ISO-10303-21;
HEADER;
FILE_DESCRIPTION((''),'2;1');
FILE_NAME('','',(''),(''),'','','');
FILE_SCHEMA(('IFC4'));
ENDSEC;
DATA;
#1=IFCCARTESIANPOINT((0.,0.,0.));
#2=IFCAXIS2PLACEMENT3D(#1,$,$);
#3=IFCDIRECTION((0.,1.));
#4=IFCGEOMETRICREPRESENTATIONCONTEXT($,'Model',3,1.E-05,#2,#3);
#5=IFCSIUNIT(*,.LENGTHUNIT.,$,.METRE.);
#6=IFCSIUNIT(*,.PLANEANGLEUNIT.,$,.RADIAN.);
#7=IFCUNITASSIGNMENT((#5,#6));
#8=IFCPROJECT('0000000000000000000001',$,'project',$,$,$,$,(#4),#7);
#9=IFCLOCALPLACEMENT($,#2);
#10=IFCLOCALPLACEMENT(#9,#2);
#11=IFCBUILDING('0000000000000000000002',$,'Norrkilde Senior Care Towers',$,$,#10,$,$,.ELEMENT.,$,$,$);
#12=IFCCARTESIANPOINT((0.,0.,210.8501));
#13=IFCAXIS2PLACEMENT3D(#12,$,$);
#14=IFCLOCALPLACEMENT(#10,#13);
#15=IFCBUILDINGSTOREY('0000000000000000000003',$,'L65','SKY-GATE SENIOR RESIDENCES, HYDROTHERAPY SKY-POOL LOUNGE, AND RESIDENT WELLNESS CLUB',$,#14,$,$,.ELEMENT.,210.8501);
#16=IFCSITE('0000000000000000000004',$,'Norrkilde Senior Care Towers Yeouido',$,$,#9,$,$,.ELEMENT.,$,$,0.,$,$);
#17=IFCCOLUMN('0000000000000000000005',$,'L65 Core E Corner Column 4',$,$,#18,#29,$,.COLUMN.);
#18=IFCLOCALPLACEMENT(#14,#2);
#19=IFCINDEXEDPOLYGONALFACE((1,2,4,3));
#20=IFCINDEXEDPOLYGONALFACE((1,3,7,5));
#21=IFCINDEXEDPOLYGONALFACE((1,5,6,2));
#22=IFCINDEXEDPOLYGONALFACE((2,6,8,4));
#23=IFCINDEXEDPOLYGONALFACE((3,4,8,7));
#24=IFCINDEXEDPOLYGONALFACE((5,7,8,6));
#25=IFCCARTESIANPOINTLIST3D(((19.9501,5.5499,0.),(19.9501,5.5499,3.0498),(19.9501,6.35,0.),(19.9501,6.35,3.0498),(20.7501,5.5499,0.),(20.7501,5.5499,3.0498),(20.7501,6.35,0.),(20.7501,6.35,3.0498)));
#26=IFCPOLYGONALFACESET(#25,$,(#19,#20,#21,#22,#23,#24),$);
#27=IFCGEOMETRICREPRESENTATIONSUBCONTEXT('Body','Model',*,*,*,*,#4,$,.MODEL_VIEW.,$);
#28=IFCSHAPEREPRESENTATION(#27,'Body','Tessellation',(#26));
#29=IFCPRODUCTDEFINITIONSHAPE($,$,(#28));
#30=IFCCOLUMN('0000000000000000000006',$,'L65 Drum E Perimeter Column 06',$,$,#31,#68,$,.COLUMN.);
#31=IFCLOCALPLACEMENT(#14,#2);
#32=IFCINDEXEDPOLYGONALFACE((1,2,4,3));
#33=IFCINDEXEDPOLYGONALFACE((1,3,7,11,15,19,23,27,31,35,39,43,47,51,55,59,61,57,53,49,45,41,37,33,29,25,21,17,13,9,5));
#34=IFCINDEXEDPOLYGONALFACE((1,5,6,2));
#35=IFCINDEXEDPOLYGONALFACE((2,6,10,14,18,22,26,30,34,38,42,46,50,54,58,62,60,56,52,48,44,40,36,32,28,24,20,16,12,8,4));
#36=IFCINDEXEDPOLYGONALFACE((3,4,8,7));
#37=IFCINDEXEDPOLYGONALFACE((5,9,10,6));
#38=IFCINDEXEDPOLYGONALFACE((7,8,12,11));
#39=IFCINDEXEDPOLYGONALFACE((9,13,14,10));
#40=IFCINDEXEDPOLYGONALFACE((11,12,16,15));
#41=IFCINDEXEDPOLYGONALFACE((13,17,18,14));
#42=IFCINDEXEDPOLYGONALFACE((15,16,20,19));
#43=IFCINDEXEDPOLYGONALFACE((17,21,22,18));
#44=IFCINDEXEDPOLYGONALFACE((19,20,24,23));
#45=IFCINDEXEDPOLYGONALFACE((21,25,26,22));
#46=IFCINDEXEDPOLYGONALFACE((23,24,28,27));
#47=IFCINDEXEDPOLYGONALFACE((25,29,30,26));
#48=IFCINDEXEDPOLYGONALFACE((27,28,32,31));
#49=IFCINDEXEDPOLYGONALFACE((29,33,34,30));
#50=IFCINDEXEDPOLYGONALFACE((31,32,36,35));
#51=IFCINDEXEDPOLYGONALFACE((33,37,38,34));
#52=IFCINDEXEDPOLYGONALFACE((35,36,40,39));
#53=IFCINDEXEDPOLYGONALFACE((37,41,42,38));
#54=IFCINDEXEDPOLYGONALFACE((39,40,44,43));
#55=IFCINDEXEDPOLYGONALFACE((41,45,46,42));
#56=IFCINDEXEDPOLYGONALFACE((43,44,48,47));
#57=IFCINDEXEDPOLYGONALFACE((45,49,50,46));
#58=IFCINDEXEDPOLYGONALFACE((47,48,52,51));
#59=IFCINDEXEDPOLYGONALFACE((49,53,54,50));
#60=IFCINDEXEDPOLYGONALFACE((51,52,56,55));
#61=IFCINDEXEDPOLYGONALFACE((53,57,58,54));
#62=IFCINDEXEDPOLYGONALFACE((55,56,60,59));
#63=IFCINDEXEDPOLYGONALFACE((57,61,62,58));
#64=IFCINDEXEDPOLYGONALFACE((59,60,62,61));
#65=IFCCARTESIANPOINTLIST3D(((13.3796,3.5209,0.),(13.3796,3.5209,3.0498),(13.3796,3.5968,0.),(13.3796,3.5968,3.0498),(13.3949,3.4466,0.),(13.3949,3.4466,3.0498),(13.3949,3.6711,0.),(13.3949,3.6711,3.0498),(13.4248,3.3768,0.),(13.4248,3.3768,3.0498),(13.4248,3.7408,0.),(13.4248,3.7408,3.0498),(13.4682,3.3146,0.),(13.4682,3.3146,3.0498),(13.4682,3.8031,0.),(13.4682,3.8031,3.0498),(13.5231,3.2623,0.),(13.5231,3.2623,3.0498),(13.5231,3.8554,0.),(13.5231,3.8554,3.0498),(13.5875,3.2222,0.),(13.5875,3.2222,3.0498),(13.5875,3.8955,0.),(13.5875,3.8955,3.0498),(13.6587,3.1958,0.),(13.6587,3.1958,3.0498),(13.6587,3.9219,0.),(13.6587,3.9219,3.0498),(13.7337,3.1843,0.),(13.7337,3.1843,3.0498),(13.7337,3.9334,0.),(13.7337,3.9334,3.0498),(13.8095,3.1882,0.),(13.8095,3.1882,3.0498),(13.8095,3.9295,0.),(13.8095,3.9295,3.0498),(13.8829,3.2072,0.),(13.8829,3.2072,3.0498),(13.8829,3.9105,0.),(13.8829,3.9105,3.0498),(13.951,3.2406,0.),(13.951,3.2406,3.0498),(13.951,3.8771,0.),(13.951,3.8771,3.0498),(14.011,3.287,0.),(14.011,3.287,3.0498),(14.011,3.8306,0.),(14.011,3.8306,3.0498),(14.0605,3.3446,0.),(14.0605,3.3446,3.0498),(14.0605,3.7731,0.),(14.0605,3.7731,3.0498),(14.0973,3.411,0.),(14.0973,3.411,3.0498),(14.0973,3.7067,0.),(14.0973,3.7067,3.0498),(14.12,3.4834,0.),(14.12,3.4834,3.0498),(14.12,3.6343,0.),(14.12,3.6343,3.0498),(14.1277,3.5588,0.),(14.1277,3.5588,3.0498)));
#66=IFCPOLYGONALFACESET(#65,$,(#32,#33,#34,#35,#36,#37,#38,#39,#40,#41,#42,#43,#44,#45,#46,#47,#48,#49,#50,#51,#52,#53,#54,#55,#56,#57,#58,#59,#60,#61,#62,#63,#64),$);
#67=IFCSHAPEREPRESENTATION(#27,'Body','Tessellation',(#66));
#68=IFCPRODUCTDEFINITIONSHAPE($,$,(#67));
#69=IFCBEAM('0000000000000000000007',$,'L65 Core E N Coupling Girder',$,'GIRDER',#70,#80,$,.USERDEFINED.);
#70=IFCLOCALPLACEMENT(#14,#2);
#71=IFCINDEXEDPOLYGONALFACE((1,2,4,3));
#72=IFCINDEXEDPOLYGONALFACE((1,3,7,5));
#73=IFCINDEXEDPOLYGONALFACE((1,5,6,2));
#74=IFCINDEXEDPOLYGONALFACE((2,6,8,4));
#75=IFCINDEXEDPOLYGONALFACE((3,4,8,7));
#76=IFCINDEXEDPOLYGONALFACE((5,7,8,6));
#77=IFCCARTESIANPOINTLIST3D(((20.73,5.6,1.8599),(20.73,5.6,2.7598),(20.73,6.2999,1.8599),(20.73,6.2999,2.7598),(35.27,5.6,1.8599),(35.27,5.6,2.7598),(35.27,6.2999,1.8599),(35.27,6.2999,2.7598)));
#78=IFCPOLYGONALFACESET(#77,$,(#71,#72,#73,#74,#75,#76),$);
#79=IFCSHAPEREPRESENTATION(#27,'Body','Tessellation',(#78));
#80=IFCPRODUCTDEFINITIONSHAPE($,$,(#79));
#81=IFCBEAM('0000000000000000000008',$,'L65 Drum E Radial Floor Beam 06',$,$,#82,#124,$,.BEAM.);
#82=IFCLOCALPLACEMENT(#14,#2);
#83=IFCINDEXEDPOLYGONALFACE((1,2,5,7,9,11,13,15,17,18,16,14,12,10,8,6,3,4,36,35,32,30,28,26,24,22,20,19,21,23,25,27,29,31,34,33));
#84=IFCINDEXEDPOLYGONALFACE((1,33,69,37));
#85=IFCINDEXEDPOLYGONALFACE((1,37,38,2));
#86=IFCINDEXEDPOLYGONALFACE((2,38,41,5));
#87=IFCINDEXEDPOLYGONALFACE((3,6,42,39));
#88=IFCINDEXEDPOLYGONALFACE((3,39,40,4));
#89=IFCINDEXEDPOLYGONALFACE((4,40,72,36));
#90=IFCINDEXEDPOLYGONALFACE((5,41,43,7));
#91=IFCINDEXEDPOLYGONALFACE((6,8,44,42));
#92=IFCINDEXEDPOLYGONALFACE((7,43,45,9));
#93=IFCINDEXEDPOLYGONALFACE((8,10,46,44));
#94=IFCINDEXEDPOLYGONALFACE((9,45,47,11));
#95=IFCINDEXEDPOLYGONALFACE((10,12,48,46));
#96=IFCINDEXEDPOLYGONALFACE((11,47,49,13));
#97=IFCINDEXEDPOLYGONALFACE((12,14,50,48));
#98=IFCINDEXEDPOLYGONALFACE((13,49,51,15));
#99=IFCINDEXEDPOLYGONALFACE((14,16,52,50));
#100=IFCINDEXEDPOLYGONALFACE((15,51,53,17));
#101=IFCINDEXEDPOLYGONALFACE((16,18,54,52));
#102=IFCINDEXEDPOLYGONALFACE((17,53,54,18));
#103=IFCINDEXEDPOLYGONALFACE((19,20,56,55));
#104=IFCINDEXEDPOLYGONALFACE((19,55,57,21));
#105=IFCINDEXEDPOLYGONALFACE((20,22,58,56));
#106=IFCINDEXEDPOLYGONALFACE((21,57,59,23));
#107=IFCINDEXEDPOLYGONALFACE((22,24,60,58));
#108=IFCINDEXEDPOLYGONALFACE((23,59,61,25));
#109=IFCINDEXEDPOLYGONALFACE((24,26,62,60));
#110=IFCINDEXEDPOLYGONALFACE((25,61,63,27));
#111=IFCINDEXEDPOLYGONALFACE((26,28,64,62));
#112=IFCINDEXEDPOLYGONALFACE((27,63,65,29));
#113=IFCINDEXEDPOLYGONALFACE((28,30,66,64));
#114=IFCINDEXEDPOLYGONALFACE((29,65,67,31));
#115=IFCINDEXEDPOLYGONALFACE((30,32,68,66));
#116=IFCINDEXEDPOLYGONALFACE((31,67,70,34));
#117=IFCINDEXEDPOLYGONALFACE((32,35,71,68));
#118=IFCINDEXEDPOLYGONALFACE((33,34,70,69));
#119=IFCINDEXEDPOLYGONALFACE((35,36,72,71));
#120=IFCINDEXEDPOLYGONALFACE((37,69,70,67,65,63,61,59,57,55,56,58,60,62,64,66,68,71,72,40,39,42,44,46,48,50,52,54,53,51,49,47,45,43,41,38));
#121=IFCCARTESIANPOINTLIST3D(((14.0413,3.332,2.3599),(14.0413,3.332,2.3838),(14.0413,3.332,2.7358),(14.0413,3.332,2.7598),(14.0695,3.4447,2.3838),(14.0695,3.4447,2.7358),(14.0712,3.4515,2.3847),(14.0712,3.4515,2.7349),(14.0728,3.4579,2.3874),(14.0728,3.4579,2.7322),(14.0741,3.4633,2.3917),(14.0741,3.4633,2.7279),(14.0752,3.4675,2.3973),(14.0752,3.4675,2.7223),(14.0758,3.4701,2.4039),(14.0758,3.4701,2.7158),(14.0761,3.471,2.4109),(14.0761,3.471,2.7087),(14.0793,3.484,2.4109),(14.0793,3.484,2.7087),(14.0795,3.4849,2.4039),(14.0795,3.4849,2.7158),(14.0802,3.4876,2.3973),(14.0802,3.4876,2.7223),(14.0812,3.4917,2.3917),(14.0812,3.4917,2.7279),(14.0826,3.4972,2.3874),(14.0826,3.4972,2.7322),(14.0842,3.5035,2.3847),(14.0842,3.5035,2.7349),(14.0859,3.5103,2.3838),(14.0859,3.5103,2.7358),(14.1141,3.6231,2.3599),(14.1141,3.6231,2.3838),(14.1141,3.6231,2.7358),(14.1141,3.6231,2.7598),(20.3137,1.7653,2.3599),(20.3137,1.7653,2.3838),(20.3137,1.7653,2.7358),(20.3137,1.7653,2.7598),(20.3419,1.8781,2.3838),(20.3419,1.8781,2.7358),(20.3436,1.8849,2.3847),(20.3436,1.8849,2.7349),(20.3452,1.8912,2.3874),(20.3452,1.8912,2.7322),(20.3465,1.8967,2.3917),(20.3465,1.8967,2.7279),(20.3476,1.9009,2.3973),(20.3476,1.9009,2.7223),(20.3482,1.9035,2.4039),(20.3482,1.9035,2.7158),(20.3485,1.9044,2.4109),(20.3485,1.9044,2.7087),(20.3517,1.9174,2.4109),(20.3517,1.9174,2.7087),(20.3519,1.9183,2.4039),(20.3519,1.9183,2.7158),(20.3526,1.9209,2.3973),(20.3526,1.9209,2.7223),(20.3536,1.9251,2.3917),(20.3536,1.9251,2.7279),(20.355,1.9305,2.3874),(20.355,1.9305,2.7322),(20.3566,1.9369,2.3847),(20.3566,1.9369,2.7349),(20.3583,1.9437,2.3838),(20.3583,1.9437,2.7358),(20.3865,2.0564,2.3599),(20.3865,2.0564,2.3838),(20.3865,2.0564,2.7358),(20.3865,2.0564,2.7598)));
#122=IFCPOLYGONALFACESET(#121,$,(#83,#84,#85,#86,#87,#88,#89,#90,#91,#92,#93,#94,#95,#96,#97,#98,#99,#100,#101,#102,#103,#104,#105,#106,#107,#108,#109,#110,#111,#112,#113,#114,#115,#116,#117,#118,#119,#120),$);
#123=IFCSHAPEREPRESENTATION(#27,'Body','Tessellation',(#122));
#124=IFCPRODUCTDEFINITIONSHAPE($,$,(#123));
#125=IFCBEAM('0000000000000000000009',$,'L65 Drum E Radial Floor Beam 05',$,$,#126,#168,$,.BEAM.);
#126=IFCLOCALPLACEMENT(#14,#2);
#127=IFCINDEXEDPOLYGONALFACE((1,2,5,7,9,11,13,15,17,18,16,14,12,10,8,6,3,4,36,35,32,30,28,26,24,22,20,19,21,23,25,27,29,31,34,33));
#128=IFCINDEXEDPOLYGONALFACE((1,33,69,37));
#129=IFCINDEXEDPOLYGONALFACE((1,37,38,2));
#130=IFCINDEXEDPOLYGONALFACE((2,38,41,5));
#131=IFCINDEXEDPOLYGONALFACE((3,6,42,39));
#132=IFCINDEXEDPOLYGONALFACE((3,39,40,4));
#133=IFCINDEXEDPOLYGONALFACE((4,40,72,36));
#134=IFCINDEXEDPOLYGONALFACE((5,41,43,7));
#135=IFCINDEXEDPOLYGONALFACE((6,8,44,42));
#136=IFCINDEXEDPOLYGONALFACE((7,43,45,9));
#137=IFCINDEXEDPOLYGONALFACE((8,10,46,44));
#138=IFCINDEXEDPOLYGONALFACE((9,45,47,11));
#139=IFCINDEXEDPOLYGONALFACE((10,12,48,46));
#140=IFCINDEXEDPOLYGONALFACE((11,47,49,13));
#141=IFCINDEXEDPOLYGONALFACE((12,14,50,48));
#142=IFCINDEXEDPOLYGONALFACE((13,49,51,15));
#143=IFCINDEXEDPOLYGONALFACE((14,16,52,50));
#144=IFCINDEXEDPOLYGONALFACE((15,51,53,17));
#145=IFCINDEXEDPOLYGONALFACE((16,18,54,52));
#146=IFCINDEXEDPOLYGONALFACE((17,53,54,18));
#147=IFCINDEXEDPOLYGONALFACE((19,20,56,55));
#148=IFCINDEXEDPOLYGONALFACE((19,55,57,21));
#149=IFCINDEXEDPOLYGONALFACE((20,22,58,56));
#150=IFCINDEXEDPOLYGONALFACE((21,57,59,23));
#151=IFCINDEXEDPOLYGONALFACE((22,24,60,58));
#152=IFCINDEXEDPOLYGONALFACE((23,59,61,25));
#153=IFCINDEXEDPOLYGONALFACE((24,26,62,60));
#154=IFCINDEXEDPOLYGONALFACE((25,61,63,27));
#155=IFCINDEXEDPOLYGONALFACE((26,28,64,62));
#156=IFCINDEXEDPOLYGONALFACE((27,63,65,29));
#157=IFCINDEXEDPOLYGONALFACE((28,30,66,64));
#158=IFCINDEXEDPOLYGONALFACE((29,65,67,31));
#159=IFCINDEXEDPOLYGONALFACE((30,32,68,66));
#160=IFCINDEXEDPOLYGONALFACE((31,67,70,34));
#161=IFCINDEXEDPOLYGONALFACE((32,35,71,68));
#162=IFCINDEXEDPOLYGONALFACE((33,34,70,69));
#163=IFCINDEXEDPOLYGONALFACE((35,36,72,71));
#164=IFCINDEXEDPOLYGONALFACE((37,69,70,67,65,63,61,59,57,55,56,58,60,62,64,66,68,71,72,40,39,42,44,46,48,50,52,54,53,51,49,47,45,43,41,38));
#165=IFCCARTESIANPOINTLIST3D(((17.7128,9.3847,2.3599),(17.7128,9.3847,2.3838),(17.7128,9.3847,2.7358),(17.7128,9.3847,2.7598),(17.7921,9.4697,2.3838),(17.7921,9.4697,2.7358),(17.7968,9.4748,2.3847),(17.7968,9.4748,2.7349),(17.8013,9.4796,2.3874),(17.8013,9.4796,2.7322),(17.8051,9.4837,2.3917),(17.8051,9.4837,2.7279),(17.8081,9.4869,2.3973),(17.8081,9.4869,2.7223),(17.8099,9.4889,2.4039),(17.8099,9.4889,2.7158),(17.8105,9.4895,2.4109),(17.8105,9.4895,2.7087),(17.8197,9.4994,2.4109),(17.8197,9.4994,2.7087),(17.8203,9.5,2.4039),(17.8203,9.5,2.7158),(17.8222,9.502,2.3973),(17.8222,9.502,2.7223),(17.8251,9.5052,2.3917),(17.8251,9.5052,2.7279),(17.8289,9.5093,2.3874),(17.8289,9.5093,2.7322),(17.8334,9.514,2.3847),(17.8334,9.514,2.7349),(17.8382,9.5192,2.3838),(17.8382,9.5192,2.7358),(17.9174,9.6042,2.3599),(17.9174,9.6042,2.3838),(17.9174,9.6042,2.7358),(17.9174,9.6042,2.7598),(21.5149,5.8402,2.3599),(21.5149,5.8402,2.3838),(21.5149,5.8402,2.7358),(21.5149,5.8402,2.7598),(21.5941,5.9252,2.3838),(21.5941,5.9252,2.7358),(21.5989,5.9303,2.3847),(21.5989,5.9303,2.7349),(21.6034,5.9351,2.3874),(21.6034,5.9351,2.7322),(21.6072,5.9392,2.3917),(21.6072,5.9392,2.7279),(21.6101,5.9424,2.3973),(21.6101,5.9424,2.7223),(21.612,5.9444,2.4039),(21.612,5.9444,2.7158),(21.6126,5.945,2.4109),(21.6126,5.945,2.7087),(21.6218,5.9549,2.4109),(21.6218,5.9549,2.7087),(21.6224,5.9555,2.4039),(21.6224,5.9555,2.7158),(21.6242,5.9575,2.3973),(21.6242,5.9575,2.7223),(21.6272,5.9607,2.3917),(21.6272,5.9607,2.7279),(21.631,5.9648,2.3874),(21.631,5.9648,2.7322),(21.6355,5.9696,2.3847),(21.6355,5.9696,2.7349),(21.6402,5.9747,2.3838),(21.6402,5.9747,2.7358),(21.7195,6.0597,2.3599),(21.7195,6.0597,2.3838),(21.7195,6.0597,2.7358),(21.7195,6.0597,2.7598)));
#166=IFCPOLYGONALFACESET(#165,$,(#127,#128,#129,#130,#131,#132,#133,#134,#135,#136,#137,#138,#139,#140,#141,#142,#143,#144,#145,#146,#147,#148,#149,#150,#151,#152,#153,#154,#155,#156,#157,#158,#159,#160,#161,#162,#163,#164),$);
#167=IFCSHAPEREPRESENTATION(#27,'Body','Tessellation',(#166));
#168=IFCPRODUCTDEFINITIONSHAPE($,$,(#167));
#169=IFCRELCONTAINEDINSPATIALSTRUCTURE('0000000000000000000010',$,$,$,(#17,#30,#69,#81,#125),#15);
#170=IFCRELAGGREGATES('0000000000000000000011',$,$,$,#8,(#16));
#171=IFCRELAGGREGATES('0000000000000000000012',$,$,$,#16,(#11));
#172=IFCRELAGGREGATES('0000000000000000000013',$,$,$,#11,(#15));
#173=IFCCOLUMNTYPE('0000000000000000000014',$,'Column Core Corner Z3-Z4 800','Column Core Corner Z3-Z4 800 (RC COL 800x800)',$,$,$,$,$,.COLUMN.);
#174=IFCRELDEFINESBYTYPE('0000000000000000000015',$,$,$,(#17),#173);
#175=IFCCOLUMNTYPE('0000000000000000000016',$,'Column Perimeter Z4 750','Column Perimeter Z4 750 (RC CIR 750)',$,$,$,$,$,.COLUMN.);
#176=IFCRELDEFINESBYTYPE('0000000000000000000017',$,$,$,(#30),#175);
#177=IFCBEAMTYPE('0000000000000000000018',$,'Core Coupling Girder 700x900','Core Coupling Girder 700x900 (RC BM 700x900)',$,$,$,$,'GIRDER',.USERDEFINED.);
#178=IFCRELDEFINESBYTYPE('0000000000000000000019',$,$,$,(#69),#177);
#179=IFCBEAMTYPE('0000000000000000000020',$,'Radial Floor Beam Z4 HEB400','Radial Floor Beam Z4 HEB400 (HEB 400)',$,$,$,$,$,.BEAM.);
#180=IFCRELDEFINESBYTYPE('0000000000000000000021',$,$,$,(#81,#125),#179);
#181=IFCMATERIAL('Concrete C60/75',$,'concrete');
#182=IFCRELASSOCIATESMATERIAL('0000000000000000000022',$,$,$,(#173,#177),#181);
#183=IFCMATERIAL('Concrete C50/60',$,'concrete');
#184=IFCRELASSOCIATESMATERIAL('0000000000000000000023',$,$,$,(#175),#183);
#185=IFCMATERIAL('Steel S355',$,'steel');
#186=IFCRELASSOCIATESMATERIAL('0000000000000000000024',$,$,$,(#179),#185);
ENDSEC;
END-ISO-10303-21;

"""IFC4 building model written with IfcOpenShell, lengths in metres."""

from ifc_helpers import new_model, si_unit, direction, frame, origin, origin_2d, place, context, subcontext, project, spatial, rectangle, circle, i_section, extrude, source, transform, mapped, material, material_profile, profile_set, type_object, type_shapes, element, save


model = new_model("IFC4")

# Units and contexts
model_context = context("Model", 3, precision=1e-05, world=origin(), true_north=direction((0.0, 1.0)))
body_context = subcontext(model_context, "Body", "Model", "MODEL_VIEW")
ifc_project = project(units=[si_unit("LENGTHUNIT", "METRE"), si_unit("PLANEANGLEUNIT", "RADIAN")], contexts=[model_context])

# Site, building, storey
site_placement = place(None, origin())
site = spatial("IfcSite", under=ifc_project, at=site_placement, Name="Norrkilde Senior Care Towers Yeouido", CompositionType="ELEMENT", RefElevation=0.0)
building_placement = place(site_placement, origin())
building = spatial("IfcBuilding", under=site, at=building_placement, Name="Norrkilde Senior Care Towers", CompositionType="ELEMENT")
storey_placement = place(building_placement, frame((0.0, 0.0, 210.8501)))
storey = spatial("IfcBuildingStorey", under=building, at=storey_placement, Name="L65", Description="SKY-GATE SENIOR RESIDENCES, HYDROTHERAPY SKY-POOL LOUNGE, AND RESIDENT WELLNESS CLUB", CompositionType="ELEMENT", Elevation=210.8501)

# Columns
ifc_material_1 = material(Name="Concrete C60/75", Category="concrete")
ifc_material_profile_1 = material_profile(ifc_material_1, rectangle(XDim=0.8, YDim=0.8, at=origin_2d()), Name="RC COL 800x800")
ifc_profile_set_1 = profile_set([ifc_material_profile_1], Name="Concrete C60/75")
column_type_1 = type_object("IfcColumnType", Name="Column Core Corner Z3-Z4 800", Description="Column Core Corner Z3-Z4 800 (RC COL 800x800)", PredefinedType="COLUMN", material=ifc_profile_set_1)
shared_shape_1 = source(origin(), body_context, "Body", "SweptSolid", [
    extrude(rectangle(XDim=0.8, YDim=0.8, at=origin_2d()), origin(), (0.0, 0.0, 1.0), 3.0498),
])
type_shapes(column_type_1, [shared_shape_1])
column_1_placement = place(storey_placement, frame((20.3501, 5.95, 0.0), z_axis=(0.0, 0.0, 1.0), x_axis=(1.0, 0.0, 0.0)))
element("IfcColumn", 1, at=column_1_placement, inside=storey, type_object=column_type_1, Name="L65 Core E Corner Column 4", PredefinedType="COLUMN", context=body_context, shape_type="MappedRepresentation", body=[
    mapped(shared_shape_1, transform((0.0, 0.0, 0.0), x_axis=(1.0, 0.0, 0.0), y_axis=(0.0, 1.0, 0.0), z_axis=(0.0, 0.0, 1.0), scale=1.0)),
])
ifc_material_2 = material(Name="Concrete C50/60", Category="concrete")
ifc_material_profile_2 = material_profile(ifc_material_2, circle(Radius=0.375, at=origin_2d()), Name="RC CIR 750")
ifc_profile_set_2 = profile_set([ifc_material_profile_2], Name="Concrete C50/60")
column_type_2 = type_object("IfcColumnType", Name="Column Perimeter Z4 750", Description="Column Perimeter Z4 750 (RC CIR 750)", PredefinedType="COLUMN", material=ifc_profile_set_2)
shared_shape_2 = source(origin(), body_context, "Body", "SweptSolid", [
    extrude(circle(Radius=0.375, at=origin_2d()), origin(), (0.0, 0.0, 1.0), 3.0498),
])
type_shapes(column_type_2, [shared_shape_2])
column_2_placement = place(storey_placement, frame((13.7527, 3.5588, 0.0), z_axis=(0.0, 0.0, 1.0), x_axis=(1.0, 0.0, 0.0)))
element("IfcColumn", 2, at=column_2_placement, inside=storey, type_object=column_type_2, Name="L65 Drum E Perimeter Column 06", PredefinedType="COLUMN", context=body_context, shape_type="MappedRepresentation", body=[
    mapped(shared_shape_2, transform((0.0, 0.0, 0.0), x_axis=(1.0, 0.0, 0.0), y_axis=(0.0, 1.0, 0.0), z_axis=(0.0, 0.0, 1.0), scale=1.0)),
])

# Beams
ifc_material_profile_3 = material_profile(ifc_material_1, rectangle(XDim=0.7, YDim=0.8999, at=origin_2d()), Name="RC BM 700x900")
ifc_profile_set_3 = profile_set([ifc_material_profile_3], Name="Concrete C60/75")
beam_type_1 = type_object("IfcBeamType", Name="Core Coupling Girder 700x900", Description="Core Coupling Girder 700x900 (RC BM 700x900)", ElementType="GIRDER", PredefinedType="USERDEFINED", material=ifc_profile_set_3)
shared_shape_3 = source(origin(), body_context, "Body", "SweptSolid", [
    extrude(rectangle(XDim=0.7, YDim=0.8999, at=origin_2d()), origin(), (0.0, 0.0, 1.0), 14.54),
])
type_shapes(beam_type_1, [shared_shape_3])
beam_1_placement = place(storey_placement, frame((20.73, 5.95, 2.3098), z_axis=(1.0, 0.0, 0.0), x_axis=(0.0, 1.0, 0.0)))
element("IfcBeam", 3, at=beam_1_placement, inside=storey, type_object=beam_type_1, Name="L65 Core E N Coupling Girder", ObjectType="GIRDER", PredefinedType="USERDEFINED", context=body_context, shape_type="MappedRepresentation", body=[
    mapped(shared_shape_3, transform((0.0, 0.0, 0.0), x_axis=(1.0, 0.0, 0.0), y_axis=(0.0, 1.0, 0.0), z_axis=(0.0, 0.0, 1.0), scale=1.0)),
])
ifc_material_3 = material(Name="Steel S355", Category="steel")
ifc_material_profile_4 = material_profile(ifc_material_3, i_section(OverallWidth=0.3, OverallDepth=0.3999, WebThickness=0.0134, FlangeThickness=0.0239, FilletRadius=0.0271, at=origin_2d()), Name="HEB 400")
ifc_profile_set_4 = profile_set([ifc_material_profile_4], Name="Steel S355")
beam_type_2 = type_object("IfcBeamType", Name="Radial Floor Beam Z4 HEB400", Description="Radial Floor Beam Z4 HEB400 (HEB 400)", PredefinedType="BEAM", material=ifc_profile_set_4)
shared_shape_4 = source(origin(), body_context, "Body", "SweptSolid", [
    extrude(i_section(OverallWidth=0.3, OverallDepth=0.3999, WebThickness=0.0134, FlangeThickness=0.0239, FilletRadius=0.0271, at=origin_2d()), origin(), (0.0, 0.0, 1.0), 6.4651),
])
beam_2_placement = place(storey_placement, frame((20.3501, 1.9109, 2.5598), z_axis=(-0.970196, 0.242322, 0.0), x_axis=(-0.242322, -0.970196, 0.0)))
element("IfcBeam", 4, at=beam_2_placement, inside=storey, type_object=beam_type_2, Name="L65 Drum E Radial Floor Beam 06", PredefinedType="BEAM", context=body_context, shape_type="MappedRepresentation", body=[
    mapped(shared_shape_4, transform((0.0, 0.0, 0.0), x_axis=(1.0, 0.0, 0.0), y_axis=(0.0, 1.0, 0.0), z_axis=(0.0, 0.0, 1.0), scale=1.0)),
])
shared_shape_5 = source(origin(), body_context, "Body", "SweptSolid", [
    extrude(i_section(OverallWidth=0.3, OverallDepth=0.3999, WebThickness=0.0134, FlangeThickness=0.0239, FilletRadius=0.0271, at=origin_2d()), origin(), (0.0, 0.0, 1.0), 5.198),
])
type_shapes(beam_type_2, [shared_shape_4, shared_shape_5])
beam_3_placement = place(storey_placement, frame((21.6172, 5.95, 2.5598), z_axis=(-0.731449, 0.681896, 0.0), x_axis=(-0.681896, -0.731449, 0.0)))
element("IfcBeam", 5, at=beam_3_placement, inside=storey, type_object=beam_type_2, Name="L65 Drum E Radial Floor Beam 05", PredefinedType="BEAM", context=body_context, shape_type="MappedRepresentation", body=[
    mapped(shared_shape_5, transform((0.0, 0.0, 0.0), x_axis=(1.0, 0.0, 0.0), y_axis=(0.0, 1.0, 0.0), z_axis=(0.0, 0.0, 1.0), scale=1.0)),
])

save(model, "model.ifc")
